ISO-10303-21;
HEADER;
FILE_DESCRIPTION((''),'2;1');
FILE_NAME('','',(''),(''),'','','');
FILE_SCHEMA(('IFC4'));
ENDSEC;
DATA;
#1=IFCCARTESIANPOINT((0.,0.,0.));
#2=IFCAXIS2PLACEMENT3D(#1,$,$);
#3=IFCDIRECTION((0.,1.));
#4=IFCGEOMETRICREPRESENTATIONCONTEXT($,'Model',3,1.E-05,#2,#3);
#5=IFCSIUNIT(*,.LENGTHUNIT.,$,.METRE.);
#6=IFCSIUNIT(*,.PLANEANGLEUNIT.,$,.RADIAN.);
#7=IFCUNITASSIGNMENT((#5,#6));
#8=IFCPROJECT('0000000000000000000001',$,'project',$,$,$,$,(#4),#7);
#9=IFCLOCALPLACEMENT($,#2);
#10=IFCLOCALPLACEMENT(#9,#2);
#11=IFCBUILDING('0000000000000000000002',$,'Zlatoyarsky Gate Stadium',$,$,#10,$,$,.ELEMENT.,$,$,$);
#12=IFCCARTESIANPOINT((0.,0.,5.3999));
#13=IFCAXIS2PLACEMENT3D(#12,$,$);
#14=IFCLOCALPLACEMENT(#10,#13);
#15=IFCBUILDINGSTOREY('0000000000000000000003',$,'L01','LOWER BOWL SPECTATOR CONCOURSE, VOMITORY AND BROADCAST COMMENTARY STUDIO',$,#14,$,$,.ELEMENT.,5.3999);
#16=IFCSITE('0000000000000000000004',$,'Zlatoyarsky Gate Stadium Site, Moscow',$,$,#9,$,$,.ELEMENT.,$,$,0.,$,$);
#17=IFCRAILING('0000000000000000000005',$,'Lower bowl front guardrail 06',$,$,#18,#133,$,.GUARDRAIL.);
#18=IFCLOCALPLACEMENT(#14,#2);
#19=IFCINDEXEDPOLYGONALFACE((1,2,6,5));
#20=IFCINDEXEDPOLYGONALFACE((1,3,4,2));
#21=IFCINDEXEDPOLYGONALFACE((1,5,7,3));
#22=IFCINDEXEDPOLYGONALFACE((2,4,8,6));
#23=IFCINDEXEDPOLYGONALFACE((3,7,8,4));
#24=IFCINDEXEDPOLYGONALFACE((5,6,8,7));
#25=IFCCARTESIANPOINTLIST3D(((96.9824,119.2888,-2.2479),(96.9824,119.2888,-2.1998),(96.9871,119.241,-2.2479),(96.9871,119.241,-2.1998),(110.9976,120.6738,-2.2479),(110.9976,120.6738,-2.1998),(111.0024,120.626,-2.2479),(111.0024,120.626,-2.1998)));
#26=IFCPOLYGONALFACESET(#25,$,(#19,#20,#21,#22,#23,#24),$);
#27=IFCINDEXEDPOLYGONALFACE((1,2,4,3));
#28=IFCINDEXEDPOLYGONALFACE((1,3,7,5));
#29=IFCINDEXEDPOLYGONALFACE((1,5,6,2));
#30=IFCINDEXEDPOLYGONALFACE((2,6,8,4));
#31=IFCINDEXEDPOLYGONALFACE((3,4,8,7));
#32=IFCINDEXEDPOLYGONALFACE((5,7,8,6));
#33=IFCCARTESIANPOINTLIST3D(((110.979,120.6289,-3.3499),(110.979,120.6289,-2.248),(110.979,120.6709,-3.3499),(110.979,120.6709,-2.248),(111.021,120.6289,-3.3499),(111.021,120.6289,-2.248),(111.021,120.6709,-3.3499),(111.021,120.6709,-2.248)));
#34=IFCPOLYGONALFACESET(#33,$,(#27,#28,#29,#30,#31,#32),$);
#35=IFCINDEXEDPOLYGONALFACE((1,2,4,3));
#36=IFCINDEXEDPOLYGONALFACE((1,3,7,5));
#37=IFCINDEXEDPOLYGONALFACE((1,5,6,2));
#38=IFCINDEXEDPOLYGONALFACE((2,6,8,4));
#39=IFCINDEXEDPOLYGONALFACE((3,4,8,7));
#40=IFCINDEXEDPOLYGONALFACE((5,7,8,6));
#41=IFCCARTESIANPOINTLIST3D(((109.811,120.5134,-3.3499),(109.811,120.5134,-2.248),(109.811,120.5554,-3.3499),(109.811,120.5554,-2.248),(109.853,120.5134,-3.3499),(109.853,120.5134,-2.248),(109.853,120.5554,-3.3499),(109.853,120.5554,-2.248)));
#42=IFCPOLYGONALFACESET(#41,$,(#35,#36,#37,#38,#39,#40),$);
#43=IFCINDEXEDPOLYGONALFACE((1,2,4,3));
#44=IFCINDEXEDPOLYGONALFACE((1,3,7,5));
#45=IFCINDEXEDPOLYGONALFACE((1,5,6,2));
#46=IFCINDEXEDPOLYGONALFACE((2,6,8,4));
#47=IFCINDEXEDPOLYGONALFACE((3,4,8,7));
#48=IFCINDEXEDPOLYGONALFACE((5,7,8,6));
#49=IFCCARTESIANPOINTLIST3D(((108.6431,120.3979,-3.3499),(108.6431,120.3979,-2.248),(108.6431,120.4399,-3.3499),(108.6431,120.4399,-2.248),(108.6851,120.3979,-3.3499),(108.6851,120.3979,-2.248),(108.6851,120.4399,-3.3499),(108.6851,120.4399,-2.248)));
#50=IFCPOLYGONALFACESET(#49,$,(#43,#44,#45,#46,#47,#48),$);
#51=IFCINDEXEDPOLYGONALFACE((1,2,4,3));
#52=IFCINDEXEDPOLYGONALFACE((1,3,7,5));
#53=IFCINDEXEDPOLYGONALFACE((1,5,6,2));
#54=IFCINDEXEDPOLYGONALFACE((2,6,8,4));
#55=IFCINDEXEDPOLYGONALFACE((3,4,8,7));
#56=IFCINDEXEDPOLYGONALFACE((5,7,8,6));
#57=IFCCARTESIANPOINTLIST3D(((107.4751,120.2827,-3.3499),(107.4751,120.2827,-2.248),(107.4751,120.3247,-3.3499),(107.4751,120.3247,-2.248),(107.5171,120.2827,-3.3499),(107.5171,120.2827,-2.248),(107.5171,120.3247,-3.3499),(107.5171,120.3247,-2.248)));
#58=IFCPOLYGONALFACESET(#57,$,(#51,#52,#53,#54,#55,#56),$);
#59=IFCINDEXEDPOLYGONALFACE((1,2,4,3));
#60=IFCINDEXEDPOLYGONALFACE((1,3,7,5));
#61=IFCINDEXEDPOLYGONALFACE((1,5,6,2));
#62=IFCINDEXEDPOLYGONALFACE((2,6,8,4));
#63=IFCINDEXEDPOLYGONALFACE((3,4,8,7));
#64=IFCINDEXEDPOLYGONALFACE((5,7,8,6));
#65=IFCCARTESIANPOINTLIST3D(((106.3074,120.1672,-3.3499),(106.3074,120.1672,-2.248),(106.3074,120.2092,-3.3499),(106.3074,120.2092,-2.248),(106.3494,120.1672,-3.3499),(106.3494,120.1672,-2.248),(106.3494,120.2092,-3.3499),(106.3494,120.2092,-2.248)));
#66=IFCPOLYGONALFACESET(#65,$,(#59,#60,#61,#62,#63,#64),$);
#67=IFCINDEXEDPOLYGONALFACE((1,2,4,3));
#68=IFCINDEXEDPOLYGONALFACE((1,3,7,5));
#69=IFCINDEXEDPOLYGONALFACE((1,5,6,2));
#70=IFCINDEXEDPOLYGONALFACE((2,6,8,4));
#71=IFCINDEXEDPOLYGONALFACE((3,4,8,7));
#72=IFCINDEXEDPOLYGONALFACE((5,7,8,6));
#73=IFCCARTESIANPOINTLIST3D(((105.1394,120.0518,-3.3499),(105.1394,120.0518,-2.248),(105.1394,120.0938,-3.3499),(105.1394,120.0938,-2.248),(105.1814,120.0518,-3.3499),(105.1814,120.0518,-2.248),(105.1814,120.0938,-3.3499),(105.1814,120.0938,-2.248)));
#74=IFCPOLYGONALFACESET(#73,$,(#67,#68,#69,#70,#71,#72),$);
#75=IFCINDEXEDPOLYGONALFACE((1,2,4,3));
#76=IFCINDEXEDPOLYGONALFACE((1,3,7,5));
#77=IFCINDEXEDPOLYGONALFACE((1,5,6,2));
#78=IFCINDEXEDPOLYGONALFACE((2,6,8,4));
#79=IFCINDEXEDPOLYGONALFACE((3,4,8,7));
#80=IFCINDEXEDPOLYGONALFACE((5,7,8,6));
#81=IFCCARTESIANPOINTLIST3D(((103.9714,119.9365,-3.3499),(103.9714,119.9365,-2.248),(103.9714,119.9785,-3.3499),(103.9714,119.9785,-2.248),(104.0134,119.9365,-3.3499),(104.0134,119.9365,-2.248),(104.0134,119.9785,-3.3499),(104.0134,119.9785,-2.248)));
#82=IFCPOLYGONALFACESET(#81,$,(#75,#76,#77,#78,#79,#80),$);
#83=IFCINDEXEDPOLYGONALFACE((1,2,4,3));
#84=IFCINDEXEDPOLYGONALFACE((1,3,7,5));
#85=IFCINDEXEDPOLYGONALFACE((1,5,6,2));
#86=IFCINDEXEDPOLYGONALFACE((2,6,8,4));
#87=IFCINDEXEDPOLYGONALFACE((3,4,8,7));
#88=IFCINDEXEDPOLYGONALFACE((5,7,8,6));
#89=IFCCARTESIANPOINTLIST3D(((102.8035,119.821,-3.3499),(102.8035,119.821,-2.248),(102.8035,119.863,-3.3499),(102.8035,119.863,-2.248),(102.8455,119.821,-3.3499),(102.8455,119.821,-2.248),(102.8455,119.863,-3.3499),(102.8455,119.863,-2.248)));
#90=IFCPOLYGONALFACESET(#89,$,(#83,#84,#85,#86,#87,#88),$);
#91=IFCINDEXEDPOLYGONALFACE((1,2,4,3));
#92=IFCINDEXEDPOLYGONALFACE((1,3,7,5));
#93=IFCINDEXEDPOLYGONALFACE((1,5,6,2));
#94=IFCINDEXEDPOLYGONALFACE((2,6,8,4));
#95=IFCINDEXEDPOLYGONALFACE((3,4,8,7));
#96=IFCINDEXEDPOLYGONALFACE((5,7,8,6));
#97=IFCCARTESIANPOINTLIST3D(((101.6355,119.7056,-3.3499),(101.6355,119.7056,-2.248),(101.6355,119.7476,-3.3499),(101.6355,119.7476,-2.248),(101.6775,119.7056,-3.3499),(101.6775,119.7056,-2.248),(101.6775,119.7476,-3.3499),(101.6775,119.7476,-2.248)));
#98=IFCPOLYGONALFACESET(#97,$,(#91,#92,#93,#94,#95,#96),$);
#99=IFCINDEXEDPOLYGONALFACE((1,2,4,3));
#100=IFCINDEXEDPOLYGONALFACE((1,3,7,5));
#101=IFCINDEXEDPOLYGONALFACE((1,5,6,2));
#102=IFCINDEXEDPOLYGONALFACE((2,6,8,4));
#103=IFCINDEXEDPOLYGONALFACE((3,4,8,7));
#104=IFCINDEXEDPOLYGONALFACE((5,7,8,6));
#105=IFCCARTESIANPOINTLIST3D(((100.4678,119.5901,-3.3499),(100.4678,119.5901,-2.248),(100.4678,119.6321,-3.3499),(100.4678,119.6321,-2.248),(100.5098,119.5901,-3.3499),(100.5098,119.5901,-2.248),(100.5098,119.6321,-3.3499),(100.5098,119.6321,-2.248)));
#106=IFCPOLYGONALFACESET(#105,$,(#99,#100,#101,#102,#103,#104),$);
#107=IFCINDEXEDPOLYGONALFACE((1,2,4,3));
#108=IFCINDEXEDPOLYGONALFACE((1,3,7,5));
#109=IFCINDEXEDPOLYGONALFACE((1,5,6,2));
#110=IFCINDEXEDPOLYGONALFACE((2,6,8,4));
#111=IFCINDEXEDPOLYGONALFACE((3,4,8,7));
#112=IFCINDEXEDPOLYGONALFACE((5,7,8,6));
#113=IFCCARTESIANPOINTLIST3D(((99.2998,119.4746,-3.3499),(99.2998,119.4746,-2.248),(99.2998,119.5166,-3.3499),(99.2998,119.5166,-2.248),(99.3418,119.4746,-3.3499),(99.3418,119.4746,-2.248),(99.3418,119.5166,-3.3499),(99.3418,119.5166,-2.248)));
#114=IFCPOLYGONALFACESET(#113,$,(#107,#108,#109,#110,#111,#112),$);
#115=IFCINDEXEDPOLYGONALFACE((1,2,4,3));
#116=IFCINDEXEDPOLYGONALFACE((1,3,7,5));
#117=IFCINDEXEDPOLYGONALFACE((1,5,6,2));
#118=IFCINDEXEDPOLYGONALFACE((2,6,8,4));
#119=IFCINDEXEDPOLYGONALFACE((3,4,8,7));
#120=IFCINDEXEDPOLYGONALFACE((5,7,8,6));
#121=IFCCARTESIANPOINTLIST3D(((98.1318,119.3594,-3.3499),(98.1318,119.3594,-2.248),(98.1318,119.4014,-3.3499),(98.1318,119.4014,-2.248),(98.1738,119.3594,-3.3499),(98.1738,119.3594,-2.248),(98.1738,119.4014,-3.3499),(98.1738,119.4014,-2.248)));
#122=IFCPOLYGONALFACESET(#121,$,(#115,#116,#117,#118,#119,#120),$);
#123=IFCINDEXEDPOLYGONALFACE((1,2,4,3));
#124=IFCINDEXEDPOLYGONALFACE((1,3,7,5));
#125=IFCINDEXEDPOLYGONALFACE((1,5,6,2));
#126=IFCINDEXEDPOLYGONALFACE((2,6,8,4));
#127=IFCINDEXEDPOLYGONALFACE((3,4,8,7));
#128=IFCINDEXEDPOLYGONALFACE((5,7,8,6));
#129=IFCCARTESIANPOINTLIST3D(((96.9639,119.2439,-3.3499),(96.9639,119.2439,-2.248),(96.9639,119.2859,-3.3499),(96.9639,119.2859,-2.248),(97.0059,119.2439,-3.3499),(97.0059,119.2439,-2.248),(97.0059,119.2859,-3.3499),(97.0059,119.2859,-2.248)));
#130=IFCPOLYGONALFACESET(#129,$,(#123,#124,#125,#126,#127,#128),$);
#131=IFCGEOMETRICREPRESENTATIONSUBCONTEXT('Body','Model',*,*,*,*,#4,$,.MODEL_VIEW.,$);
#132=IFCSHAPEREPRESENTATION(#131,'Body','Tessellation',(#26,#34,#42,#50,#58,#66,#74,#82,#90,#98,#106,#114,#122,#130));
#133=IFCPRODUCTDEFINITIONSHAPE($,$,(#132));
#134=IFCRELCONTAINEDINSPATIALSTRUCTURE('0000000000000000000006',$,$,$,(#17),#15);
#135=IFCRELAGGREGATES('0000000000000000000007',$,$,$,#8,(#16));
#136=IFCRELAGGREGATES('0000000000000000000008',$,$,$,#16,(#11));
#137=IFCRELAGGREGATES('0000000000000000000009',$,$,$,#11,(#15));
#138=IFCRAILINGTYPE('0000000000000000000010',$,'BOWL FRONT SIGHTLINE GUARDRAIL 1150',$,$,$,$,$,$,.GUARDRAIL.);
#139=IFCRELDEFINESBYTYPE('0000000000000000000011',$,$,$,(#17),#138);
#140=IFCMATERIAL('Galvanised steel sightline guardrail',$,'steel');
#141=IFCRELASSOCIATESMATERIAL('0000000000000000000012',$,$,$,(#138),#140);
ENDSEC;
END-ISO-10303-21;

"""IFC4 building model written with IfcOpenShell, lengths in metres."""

from ifc_helpers import new_model, si_unit, direction, frame, origin, origin_2d, place, context, subcontext, project, spatial, rectangle, extrude, material, type_object, element, save


model = new_model("IFC4")

# Units and contexts
model_context = context("Model", 3, precision=1e-05, world=origin(), true_north=direction((0.0, 1.0)))
body_context = subcontext(model_context, "Body", "Model", "MODEL_VIEW")
ifc_project = project(units=[si_unit("LENGTHUNIT", "METRE"), si_unit("PLANEANGLEUNIT", "RADIAN")], contexts=[model_context])

# Site, building, storey
site_placement = place(None, origin())
site = spatial("IfcSite", under=ifc_project, at=site_placement, Name="Zlatoyarsky Gate Stadium Site, Moscow", CompositionType="ELEMENT", RefElevation=0.0)
building_placement = place(site_placement, origin())
building = spatial("IfcBuilding", under=site, at=building_placement, Name="Zlatoyarsky Gate Stadium", CompositionType="ELEMENT")
storey_placement = place(building_placement, frame((0.0, 0.0, 5.3999)))
storey = spatial("IfcBuildingStorey", under=building, at=storey_placement, Name="L01", Description="LOWER BOWL SPECTATOR CONCOURSE, VOMITORY AND BROADCAST COMMENTARY STUDIO", CompositionType="ELEMENT", Elevation=5.3999)

# Railing
ifc_material_1 = material(Name="Galvanised steel sightline guardrail", Category="steel")
railing_type_1 = type_object("IfcRailingType", Name="BOWL FRONT SIGHTLINE GUARDRAIL 1150", PredefinedType="GUARDRAIL", material=ifc_material_1)
railing_1_placement = place(storey_placement, frame((111.0, 120.6499, -3.3499)))
element("IfcRailing", 1, at=railing_1_placement, inside=storey, type_object=railing_type_1, Name="Lower bowl front guardrail 06", PredefinedType="GUARDRAIL", context=body_context, shape_type="SweptSolid", body=[
    extrude(rectangle(XDim=0.0481, YDim=0.0481, at=origin_2d()), frame((0.0, 0.0, 1.126), z_axis=(-0.995153, -0.098343, 0.0), x_axis=(0.098343, -0.995153, 0.0)), (0.0, 0.0, 1.0), 14.0835),
    extrude(rectangle(XDim=0.042, YDim=0.042, at=origin_2d()), origin(), (0.0, 0.0, 1.0), 1.1018),
    extrude(rectangle(XDim=0.042, YDim=0.042, at=origin_2d()), frame((-1.168, -0.1155, 0.0)), (0.0, 0.0, 1.0), 1.1018),
    extrude(rectangle(XDim=0.042, YDim=0.042, at=origin_2d()), frame((-2.3359, -0.231, 0.0)), (0.0, 0.0, 1.0), 1.1018),
    extrude(rectangle(XDim=0.042, YDim=0.042, at=origin_2d()), frame((-3.5039, -0.3462, 0.0)), (0.0, 0.0, 1.0), 1.1018),
    extrude(rectangle(XDim=0.042, YDim=0.042, at=origin_2d()), frame((-4.6716, -0.4617, 0.0)), (0.0, 0.0, 1.0), 1.1018),
    extrude(rectangle(XDim=0.042, YDim=0.042, at=origin_2d()), frame((-5.8396, -0.5771, 0.0)), (0.0, 0.0, 1.0), 1.1018),
    extrude(rectangle(XDim=0.042, YDim=0.042, at=origin_2d()), frame((-7.0076, -0.6924, 0.0)), (0.0, 0.0, 1.0), 1.1018),
    extrude(rectangle(XDim=0.042, YDim=0.042, at=origin_2d()), frame((-8.1755, -0.8079, 0.0)), (0.0, 0.0, 1.0), 1.1018),
    extrude(rectangle(XDim=0.042, YDim=0.042, at=origin_2d()), frame((-9.3435, -0.9233, 0.0)), (0.0, 0.0, 1.0), 1.1018),
    extrude(rectangle(XDim=0.042, YDim=0.042, at=origin_2d()), frame((-10.5112, -1.0388, 0.0)), (0.0, 0.0, 1.0), 1.1018),
    extrude(rectangle(XDim=0.042, YDim=0.042, at=origin_2d()), frame((-11.6792, -1.1543, 0.0)), (0.0, 0.0, 1.0), 1.1018),
    extrude(rectangle(XDim=0.042, YDim=0.042, at=origin_2d()), frame((-12.8472, -1.2695, 0.0)), (0.0, 0.0, 1.0), 1.1018),
    extrude(rectangle(XDim=0.042, YDim=0.042, at=origin_2d()), frame((-14.0151, -1.385, 0.0)), (0.0, 0.0, 1.0), 1.1018),
])

save(model, "model.ifc")
